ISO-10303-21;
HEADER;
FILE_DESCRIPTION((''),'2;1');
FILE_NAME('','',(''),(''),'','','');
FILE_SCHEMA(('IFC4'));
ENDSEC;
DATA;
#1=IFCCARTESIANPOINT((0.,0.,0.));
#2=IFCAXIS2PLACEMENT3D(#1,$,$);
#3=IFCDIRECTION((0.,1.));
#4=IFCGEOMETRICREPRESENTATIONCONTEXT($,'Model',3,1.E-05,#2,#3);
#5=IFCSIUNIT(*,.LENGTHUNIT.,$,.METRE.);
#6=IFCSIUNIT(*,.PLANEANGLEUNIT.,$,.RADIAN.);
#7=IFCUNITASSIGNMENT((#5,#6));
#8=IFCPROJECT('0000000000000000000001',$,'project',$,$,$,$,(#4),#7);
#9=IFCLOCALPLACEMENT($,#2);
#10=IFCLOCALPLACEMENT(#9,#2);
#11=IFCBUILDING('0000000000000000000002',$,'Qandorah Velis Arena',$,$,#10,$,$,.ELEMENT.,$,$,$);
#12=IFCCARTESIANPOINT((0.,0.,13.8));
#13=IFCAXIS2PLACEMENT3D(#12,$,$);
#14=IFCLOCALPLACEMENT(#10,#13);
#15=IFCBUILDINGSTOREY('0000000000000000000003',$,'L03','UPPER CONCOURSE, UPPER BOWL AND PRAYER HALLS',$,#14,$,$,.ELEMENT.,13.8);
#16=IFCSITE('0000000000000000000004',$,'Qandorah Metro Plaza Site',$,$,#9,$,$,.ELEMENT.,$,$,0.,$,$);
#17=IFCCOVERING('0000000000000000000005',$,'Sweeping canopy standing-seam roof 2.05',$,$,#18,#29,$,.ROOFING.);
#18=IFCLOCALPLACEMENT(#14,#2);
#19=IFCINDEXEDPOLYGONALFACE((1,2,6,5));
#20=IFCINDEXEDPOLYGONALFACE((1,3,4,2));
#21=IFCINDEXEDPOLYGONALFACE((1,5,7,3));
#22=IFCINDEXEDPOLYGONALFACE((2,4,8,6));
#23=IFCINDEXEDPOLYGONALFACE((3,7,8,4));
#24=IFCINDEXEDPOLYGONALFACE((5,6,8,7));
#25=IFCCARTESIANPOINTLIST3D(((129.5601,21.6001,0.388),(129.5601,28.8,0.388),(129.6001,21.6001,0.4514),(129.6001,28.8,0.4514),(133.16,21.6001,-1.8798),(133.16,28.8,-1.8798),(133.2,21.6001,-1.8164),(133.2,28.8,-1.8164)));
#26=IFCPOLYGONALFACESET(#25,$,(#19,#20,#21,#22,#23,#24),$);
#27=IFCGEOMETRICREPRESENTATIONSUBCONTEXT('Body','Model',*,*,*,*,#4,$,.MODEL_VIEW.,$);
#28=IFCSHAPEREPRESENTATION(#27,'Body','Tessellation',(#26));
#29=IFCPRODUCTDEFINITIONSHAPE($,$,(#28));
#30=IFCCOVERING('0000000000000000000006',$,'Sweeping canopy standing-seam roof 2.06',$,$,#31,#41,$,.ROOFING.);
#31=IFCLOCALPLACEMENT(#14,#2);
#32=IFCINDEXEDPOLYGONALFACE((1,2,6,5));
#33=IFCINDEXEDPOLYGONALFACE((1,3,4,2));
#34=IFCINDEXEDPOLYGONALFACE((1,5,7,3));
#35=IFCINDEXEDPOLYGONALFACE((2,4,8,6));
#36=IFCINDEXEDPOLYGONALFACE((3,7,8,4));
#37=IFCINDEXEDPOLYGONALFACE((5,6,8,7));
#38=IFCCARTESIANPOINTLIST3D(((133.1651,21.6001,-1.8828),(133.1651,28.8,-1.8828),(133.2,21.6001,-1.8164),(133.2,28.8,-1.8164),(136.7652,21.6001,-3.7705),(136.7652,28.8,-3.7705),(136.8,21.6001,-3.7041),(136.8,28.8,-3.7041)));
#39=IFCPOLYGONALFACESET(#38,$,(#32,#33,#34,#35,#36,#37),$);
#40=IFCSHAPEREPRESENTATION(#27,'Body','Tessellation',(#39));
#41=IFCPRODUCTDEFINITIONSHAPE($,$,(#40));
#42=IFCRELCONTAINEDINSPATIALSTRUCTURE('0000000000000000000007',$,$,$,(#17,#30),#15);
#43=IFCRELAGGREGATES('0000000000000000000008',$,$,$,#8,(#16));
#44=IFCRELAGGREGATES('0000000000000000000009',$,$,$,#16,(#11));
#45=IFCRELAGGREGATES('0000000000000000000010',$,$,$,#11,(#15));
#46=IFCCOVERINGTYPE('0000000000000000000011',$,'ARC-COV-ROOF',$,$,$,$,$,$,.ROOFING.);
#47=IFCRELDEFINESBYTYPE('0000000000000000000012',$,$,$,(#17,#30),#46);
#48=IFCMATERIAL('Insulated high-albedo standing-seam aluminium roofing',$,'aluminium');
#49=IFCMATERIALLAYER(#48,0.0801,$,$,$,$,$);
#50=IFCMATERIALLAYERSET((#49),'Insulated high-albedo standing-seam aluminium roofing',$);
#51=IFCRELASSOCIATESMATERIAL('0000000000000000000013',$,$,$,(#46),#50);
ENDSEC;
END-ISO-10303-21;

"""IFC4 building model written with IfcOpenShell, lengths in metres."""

from ifc_helpers import new_model, si_unit, direction, frame, origin, place, context, subcontext, project, spatial, polyline, outline, extrude, material, layer, layer_set, type_object, element, save


model = new_model("IFC4")

# Units and contexts
model_context = context("Model", 3, precision=1e-05, world=origin(), true_north=direction((0.0, 1.0)))
body_context = subcontext(model_context, "Body", "Model", "MODEL_VIEW")
ifc_project = project(units=[si_unit("LENGTHUNIT", "METRE"), si_unit("PLANEANGLEUNIT", "RADIAN")], contexts=[model_context])

# Site, building, storey
site_placement = place(None, origin())
site = spatial("IfcSite", under=ifc_project, at=site_placement, Name="Qandorah Metro Plaza Site", CompositionType="ELEMENT", RefElevation=0.0)
building_placement = place(site_placement, origin())
building = spatial("IfcBuilding", under=site, at=building_placement, Name="Qandorah Velis Arena", CompositionType="ELEMENT")
storey_placement = place(building_placement, frame((0.0, 0.0, 13.8)))
storey = spatial("IfcBuildingStorey", under=building, at=storey_placement, Name="L03", Description="UPPER CONCOURSE, UPPER BOWL AND PRAYER HALLS", CompositionType="ELEMENT", Elevation=13.8)

# Coverings
ifc_material_1 = material(Name="Insulated high-albedo standing-seam aluminium roofing", Category="aluminium")
ifc_layer_1 = layer(ifc_material_1, 0.0801)
ifc_layer_set_1 = layer_set([ifc_layer_1], Name="Insulated high-albedo standing-seam aluminium roofing")
covering_type_1 = type_object("IfcCoveringType", Name="ARC-COV-ROOF", PredefinedType="ROOFING", material=ifc_layer_set_1)
covering_1_placement = place(storey_placement, frame((129.6001, 21.6001, 0.4514), z_axis=(0.533023, 0.0, 0.846101), x_axis=(0.846101, 0.0, -0.533023)))
element("IfcCovering", 1, at=covering_1_placement, inside=storey, type_object=covering_type_1, Name="Sweeping canopy standing-seam roof 2.05", PredefinedType="ROOFING", context=body_context, shape_type="SweptSolid", body=[
    extrude(outline(polyline([(0.0, 0.0), (4.2546, 0.0), (4.2546, 7.2), (0.0, 7.2), (0.0, 0.0)])), origin(), (0.0, 0.0, -1.0), 0.075),
])
covering_2_placement = place(storey_placement, frame((133.2, 21.6001, -1.8164), z_axis=(0.464379, 0.0, 0.885636), x_axis=(0.885636, 0.0, -0.464379)))
element("IfcCovering", 2, at=covering_2_placement, inside=storey, type_object=covering_type_1, Name="Sweeping canopy standing-seam roof 2.06", PredefinedType="ROOFING", context=body_context, shape_type="SweptSolid", body=[
    extrude(outline(polyline([(0.0, 0.0), (4.065, 0.0), (4.065, 7.2), (0.0, 7.2), (0.0, 0.0)])), origin(), (0.0, 0.0, -1.0), 0.075),
])

save(model, "model.ifc")
